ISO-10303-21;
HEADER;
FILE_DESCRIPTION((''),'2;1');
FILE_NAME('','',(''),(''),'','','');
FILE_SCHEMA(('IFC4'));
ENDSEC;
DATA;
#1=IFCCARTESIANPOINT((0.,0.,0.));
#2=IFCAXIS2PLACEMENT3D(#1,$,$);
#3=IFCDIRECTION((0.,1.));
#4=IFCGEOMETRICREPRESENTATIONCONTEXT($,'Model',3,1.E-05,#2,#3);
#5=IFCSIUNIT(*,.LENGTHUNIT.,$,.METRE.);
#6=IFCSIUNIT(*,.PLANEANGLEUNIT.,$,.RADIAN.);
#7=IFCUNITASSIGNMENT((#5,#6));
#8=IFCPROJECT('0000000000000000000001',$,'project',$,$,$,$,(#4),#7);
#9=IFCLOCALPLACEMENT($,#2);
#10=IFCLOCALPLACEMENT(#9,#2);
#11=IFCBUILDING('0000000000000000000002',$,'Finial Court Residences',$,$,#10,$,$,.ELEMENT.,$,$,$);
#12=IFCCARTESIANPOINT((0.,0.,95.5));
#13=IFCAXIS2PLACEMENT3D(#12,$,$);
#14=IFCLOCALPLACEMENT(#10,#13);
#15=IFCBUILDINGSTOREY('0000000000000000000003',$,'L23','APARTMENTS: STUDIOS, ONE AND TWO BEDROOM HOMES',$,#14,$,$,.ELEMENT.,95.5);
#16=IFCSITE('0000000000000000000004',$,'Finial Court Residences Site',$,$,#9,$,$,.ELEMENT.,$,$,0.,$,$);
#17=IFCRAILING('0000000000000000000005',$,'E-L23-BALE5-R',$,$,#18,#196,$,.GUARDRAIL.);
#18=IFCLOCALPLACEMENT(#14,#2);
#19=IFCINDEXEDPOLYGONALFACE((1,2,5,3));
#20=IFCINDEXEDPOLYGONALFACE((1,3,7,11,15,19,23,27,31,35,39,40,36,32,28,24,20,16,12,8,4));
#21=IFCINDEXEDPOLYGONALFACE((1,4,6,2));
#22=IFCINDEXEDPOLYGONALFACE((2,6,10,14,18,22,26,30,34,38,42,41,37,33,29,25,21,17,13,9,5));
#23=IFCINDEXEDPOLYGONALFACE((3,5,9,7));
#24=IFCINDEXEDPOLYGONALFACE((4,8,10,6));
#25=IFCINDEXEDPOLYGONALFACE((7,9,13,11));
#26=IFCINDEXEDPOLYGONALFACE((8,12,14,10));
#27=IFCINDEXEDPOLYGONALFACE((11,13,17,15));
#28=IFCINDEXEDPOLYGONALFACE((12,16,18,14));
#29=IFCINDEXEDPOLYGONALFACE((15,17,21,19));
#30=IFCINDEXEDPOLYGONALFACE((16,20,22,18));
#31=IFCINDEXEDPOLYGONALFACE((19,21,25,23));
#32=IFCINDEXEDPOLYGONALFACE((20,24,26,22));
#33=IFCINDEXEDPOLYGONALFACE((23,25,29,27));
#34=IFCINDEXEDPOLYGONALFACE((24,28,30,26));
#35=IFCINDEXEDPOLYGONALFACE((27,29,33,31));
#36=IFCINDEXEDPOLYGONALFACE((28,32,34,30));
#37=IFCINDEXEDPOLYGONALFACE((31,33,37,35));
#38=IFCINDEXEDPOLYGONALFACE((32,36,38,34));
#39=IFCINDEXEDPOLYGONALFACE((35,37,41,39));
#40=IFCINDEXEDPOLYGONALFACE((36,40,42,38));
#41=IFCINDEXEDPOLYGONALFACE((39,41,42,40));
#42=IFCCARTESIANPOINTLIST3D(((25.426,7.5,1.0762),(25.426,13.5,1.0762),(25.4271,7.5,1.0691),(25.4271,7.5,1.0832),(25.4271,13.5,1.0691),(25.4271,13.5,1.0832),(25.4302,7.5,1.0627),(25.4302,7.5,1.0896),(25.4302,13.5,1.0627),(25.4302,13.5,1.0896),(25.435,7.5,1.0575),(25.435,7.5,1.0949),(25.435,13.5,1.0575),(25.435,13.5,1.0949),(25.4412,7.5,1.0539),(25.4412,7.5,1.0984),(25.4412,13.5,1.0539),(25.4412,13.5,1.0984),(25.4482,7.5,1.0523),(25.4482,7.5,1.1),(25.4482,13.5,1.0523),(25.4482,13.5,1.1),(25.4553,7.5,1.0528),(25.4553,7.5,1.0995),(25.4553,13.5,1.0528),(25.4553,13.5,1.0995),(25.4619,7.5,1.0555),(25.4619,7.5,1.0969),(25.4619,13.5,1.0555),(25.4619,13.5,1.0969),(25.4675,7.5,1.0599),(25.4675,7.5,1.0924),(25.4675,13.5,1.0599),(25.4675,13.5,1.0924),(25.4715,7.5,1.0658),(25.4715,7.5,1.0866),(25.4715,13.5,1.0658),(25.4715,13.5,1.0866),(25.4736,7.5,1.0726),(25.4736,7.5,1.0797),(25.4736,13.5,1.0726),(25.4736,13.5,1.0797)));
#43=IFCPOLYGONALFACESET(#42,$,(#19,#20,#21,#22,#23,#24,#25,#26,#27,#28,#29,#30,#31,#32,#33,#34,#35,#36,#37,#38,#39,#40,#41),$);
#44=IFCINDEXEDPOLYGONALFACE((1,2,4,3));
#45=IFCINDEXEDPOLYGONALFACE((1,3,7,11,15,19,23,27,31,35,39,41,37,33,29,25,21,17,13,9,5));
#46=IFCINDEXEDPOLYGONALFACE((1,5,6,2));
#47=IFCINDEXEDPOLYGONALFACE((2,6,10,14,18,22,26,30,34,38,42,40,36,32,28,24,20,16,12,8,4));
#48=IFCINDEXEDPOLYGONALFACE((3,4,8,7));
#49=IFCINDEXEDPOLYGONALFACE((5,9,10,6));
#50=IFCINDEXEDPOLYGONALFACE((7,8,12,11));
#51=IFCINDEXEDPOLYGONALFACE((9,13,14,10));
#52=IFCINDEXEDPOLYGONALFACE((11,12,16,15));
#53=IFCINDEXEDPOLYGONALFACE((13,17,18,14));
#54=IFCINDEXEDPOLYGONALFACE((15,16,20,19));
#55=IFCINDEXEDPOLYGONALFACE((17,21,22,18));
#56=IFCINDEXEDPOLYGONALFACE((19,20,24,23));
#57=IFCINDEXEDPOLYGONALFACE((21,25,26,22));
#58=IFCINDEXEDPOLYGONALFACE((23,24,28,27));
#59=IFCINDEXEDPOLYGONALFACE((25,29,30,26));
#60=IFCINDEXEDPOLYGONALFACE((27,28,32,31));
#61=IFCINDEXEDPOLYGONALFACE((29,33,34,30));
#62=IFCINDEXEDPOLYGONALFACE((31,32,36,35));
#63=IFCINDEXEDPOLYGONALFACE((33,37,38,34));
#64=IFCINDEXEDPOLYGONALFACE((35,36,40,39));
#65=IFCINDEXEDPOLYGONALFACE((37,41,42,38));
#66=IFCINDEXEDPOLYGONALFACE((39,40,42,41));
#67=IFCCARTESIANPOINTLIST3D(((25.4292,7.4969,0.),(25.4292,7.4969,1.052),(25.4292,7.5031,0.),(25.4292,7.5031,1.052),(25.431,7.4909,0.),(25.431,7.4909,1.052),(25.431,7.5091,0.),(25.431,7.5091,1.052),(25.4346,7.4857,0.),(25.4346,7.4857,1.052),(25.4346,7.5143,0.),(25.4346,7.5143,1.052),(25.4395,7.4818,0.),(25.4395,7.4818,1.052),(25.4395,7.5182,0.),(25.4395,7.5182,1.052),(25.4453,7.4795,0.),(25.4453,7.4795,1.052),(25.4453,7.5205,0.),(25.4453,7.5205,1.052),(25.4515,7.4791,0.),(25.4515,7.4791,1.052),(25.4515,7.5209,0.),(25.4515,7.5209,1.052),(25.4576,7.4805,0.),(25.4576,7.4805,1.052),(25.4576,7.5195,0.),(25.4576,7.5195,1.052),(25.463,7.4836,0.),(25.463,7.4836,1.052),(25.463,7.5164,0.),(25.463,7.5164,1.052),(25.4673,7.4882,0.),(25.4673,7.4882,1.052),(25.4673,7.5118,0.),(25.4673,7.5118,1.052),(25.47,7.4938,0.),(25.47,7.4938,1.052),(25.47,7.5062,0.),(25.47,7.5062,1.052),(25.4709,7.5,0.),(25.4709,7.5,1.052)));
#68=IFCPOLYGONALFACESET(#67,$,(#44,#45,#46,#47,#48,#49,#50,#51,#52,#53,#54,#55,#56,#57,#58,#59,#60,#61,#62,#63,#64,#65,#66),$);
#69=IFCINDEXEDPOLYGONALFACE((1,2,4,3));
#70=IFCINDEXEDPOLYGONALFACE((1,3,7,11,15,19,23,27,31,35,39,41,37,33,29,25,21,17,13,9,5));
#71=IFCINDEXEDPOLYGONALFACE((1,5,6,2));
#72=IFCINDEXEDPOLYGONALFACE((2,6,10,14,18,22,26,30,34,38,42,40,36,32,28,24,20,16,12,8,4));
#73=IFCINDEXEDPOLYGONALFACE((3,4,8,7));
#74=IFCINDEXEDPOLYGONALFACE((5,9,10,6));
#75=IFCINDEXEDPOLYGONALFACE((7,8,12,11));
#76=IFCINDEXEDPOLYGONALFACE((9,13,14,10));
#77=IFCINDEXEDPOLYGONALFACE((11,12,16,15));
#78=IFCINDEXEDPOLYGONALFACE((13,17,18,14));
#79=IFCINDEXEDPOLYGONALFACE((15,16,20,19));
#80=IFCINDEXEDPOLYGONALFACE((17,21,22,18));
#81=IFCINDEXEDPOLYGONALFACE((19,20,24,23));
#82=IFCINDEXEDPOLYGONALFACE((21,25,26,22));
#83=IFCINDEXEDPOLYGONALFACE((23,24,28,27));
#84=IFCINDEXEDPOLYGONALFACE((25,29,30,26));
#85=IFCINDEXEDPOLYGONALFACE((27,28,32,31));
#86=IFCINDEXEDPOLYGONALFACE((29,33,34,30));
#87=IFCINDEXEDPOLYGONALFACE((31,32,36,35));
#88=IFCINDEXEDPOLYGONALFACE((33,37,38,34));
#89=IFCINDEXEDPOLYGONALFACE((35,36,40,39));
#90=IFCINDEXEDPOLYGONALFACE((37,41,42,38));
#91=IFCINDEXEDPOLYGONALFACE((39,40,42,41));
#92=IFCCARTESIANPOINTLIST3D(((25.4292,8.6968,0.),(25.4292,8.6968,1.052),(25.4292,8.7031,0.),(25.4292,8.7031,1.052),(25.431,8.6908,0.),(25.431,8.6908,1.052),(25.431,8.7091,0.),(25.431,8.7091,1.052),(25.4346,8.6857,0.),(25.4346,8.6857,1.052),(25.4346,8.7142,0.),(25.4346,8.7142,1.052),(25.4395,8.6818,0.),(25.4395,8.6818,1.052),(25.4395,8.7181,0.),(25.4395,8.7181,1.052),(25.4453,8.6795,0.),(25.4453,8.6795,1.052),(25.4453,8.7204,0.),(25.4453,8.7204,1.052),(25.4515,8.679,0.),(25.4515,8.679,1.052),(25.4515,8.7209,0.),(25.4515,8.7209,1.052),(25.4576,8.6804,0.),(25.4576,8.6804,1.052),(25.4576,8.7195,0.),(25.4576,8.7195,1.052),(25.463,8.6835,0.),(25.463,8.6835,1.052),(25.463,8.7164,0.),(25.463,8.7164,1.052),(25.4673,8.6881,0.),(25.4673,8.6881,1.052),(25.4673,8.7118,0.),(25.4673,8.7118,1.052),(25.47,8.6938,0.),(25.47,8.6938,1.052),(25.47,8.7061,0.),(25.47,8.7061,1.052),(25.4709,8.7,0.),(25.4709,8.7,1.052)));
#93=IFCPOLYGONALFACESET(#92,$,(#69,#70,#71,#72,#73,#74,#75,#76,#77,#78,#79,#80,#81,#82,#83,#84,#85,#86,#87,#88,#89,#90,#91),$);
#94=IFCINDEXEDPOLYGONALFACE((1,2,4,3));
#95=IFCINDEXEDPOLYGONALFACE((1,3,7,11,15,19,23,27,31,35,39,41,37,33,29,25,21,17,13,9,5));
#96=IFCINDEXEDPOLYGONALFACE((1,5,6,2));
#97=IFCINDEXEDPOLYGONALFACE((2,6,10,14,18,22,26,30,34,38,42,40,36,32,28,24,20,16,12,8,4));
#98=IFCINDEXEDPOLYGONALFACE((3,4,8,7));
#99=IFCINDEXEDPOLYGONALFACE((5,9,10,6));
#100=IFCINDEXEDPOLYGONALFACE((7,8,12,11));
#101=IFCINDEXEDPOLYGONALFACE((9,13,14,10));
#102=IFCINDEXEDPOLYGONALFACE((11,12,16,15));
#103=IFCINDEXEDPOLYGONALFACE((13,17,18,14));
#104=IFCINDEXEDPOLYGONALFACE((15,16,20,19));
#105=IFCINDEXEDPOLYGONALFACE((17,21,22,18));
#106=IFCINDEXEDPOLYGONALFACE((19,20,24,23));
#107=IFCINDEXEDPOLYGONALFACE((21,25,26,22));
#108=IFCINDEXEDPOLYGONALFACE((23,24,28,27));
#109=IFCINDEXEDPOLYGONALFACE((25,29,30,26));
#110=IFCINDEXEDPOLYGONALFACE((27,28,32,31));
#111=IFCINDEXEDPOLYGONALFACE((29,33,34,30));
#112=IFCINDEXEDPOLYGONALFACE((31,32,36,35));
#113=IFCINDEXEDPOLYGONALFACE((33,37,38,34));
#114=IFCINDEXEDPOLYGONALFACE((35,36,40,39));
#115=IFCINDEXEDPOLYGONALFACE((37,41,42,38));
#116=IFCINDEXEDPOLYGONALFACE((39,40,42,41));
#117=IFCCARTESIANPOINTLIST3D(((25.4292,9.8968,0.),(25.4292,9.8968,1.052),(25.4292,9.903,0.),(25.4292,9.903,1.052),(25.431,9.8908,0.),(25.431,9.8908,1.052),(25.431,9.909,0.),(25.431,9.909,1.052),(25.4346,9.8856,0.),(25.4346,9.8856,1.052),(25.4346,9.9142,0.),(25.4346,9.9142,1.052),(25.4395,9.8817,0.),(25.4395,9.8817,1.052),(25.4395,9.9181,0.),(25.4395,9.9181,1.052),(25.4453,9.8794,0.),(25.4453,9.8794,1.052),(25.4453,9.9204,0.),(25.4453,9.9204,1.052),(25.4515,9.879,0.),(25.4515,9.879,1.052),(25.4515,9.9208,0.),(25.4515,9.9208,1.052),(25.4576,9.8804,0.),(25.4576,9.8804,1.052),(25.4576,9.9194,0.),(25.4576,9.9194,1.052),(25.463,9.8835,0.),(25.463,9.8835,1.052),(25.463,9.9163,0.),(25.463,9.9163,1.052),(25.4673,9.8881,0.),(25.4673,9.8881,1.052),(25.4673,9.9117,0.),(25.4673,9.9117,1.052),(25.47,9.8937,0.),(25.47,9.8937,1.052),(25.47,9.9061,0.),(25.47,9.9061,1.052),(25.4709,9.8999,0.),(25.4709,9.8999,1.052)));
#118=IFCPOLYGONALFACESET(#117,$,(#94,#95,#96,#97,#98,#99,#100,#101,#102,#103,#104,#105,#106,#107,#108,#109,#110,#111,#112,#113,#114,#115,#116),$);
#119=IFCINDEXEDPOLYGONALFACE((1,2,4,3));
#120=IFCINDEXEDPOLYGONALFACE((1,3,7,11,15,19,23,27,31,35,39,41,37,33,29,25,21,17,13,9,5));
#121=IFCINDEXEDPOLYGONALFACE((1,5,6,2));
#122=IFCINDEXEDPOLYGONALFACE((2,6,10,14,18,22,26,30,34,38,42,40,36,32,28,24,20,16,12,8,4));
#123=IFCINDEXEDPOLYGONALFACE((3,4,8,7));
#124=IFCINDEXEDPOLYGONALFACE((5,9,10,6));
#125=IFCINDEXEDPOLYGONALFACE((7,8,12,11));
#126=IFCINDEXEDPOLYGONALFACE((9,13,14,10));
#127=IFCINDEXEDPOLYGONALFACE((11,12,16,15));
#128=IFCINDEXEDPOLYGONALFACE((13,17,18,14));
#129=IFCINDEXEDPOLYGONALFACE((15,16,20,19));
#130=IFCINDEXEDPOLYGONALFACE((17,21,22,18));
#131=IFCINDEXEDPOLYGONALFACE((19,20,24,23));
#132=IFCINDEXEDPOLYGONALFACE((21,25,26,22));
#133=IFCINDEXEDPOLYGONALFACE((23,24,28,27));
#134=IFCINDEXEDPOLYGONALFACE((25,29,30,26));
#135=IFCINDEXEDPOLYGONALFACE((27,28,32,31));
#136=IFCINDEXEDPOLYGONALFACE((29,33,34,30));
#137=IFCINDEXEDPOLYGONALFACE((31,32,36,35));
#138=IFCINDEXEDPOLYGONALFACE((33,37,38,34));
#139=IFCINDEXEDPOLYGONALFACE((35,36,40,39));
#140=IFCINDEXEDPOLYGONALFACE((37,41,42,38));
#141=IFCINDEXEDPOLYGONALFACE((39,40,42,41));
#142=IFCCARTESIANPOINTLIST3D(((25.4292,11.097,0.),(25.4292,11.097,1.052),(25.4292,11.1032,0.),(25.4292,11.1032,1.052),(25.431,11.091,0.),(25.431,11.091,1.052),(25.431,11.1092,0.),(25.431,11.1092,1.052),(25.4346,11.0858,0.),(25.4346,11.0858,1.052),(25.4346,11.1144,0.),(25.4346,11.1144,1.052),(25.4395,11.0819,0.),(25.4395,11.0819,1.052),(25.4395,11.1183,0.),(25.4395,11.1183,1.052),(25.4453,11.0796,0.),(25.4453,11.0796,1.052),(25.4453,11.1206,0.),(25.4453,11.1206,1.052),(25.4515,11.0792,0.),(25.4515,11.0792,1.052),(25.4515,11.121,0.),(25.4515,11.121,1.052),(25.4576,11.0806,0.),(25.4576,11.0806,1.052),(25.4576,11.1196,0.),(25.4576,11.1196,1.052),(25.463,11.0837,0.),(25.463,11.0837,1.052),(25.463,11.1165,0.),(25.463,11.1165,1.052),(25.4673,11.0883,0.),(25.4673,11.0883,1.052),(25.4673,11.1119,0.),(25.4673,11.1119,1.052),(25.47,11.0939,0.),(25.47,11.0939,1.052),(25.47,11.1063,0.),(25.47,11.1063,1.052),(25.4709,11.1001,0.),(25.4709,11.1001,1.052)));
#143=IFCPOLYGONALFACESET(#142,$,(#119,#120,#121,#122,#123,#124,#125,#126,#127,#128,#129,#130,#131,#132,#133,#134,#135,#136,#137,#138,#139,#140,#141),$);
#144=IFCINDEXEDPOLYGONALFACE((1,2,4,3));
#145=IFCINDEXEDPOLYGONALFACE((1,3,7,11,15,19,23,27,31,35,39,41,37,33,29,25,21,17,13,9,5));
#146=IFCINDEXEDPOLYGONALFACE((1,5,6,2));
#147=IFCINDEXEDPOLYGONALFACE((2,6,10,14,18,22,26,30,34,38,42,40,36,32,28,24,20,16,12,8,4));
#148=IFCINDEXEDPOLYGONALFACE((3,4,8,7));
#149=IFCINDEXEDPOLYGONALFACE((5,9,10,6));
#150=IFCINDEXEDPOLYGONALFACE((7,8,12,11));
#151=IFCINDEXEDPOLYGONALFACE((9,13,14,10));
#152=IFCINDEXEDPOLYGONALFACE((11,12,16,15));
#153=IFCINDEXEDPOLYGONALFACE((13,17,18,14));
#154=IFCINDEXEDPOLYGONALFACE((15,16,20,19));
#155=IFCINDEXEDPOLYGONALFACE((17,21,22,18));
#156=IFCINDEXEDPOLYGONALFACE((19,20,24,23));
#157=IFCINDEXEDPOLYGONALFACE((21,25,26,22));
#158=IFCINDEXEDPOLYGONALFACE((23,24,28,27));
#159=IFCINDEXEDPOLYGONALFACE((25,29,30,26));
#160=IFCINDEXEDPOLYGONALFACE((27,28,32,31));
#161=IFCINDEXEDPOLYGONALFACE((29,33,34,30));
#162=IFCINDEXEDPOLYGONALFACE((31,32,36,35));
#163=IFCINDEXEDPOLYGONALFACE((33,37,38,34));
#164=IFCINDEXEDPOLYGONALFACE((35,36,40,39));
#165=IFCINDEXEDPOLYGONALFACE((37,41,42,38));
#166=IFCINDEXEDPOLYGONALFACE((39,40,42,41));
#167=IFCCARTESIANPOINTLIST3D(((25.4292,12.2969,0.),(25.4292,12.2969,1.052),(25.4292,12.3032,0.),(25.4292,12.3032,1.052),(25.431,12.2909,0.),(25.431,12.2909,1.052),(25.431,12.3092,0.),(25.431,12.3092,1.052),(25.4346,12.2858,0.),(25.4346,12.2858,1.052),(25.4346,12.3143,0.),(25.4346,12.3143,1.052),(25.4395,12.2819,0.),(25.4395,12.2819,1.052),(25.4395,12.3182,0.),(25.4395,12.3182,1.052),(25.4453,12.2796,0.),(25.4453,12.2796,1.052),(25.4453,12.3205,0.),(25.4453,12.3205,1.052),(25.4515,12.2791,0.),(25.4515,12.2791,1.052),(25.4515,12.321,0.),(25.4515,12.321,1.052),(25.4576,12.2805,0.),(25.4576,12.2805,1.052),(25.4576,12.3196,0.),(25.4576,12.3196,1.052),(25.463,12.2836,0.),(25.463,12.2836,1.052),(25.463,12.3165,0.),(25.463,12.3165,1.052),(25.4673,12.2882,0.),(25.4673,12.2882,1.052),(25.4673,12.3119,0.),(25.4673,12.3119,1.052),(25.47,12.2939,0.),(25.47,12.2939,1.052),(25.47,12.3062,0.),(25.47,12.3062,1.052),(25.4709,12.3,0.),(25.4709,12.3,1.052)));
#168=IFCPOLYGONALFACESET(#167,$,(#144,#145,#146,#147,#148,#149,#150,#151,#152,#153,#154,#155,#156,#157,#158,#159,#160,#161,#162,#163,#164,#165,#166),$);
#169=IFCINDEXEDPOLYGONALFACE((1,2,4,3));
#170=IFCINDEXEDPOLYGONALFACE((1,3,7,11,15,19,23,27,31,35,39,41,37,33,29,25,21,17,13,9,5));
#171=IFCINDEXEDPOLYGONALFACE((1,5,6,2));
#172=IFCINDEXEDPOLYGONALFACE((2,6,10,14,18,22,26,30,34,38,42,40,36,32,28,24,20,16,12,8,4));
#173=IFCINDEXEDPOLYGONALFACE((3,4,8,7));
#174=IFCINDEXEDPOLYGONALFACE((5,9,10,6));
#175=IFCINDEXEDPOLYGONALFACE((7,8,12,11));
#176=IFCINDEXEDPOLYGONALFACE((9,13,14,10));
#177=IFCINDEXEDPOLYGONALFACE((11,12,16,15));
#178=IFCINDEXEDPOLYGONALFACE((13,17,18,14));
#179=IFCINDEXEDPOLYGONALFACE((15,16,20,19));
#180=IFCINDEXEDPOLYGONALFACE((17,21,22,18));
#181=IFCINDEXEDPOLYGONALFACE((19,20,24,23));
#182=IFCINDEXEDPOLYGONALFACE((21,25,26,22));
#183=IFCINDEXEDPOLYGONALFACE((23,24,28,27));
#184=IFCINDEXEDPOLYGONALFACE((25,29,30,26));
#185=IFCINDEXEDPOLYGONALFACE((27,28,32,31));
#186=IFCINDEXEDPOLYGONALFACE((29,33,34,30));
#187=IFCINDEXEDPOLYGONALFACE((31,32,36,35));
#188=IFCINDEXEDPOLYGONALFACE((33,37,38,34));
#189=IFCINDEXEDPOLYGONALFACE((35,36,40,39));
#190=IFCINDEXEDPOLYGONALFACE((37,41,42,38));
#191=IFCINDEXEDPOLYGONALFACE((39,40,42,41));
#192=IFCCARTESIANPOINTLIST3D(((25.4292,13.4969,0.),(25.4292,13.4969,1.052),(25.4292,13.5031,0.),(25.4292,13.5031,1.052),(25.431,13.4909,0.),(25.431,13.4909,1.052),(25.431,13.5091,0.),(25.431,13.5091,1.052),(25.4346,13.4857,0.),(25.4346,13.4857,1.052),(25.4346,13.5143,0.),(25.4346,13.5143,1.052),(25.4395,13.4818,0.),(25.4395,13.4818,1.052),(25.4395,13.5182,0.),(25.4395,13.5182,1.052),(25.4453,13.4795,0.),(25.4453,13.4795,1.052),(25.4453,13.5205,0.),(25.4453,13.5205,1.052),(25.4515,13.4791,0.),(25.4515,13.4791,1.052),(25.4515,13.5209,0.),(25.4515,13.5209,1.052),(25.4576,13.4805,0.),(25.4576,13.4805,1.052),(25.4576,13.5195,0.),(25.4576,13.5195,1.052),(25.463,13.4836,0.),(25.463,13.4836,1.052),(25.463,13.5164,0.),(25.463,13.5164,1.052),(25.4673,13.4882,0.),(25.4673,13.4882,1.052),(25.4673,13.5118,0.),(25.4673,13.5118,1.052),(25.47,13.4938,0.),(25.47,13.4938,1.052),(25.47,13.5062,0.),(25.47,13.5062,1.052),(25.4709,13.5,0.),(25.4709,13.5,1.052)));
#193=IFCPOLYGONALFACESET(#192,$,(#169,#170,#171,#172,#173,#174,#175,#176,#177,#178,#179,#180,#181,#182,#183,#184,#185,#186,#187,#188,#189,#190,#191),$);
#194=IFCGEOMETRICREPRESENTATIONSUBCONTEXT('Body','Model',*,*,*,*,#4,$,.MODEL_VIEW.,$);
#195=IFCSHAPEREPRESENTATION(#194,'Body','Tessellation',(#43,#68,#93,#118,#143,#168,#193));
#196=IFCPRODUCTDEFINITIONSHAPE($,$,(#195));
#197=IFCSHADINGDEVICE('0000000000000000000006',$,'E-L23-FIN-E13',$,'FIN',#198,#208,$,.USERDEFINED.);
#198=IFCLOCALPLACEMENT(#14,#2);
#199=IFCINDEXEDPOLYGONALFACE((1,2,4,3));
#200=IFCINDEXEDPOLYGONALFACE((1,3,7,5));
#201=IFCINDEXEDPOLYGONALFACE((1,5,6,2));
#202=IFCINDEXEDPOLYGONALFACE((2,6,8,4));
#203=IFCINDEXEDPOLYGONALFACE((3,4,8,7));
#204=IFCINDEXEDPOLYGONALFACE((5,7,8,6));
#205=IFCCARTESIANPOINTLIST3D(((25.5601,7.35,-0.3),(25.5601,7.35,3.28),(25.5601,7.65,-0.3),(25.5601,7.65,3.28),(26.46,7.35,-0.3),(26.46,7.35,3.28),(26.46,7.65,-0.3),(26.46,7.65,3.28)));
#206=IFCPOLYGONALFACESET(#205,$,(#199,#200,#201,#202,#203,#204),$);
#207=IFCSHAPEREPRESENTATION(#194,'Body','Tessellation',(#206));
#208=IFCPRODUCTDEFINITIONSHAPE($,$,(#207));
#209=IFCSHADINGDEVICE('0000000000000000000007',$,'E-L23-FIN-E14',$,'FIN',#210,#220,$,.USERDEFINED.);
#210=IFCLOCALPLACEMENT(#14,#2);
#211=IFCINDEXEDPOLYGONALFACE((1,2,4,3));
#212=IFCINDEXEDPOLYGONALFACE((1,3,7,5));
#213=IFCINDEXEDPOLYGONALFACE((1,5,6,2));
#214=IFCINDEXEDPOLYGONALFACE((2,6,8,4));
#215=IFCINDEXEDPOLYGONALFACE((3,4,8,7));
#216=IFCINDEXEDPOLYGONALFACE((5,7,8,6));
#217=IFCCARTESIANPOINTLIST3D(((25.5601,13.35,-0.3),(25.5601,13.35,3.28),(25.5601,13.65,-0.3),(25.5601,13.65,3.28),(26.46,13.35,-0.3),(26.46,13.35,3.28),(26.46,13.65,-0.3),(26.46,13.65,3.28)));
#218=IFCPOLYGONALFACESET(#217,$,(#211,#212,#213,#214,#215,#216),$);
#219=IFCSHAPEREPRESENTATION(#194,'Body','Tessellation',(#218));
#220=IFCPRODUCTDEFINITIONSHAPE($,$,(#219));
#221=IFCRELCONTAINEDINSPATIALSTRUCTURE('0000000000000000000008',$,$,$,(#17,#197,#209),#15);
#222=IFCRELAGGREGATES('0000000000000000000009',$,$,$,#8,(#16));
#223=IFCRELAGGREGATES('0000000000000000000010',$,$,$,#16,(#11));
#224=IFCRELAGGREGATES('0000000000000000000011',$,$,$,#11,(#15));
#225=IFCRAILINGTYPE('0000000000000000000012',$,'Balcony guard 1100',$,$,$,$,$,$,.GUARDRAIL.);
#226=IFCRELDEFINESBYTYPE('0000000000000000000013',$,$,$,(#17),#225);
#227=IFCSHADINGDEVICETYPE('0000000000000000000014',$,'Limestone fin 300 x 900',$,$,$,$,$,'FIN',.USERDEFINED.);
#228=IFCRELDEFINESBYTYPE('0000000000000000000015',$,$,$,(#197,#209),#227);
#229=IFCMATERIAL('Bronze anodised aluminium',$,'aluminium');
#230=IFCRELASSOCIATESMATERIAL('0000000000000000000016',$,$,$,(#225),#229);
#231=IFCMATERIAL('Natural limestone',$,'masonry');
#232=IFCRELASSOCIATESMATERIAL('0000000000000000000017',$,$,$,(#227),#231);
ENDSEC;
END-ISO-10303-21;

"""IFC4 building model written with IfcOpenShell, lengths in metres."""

from ifc_helpers import new_model, si_unit, direction, frame, origin, origin_2d, place, context, subcontext, project, spatial, rectangle, circle, extrude, material, type_object, element, save


model = new_model("IFC4")

# Units and contexts
model_context = context("Model", 3, precision=1e-05, world=origin(), true_north=direction((0.0, 1.0)))
body_context = subcontext(model_context, "Body", "Model", "MODEL_VIEW")
ifc_project = project(units=[si_unit("LENGTHUNIT", "METRE"), si_unit("PLANEANGLEUNIT", "RADIAN")], contexts=[model_context])

# Site, building, storey
site_placement = place(None, origin())
site = spatial("IfcSite", under=ifc_project, at=site_placement, Name="Finial Court Residences Site", CompositionType="ELEMENT", RefElevation=0.0)
building_placement = place(site_placement, origin())
building = spatial("IfcBuilding", under=site, at=building_placement, Name="Finial Court Residences", CompositionType="ELEMENT")
storey_placement = place(building_placement, frame((0.0, 0.0, 95.5)))
storey = spatial("IfcBuildingStorey", under=building, at=storey_placement, Name="L23", Description="APARTMENTS: STUDIOS, ONE AND TWO BEDROOM HOMES", CompositionType="ELEMENT", Elevation=95.5)

# Shared definitions
ifc_material_1 = material(Name="Natural limestone", Category="masonry")
ifc_material_2 = material(Name="Bronze anodised aluminium", Category="aluminium")

# Railing
railing_type = type_object("IfcRailingType", Name="Balcony guard 1100", PredefinedType="GUARDRAIL", material=ifc_material_2)
railing_placement = place(storey_placement, frame((25.45, 7.5, 0.0)))
element("IfcRailing", 1, at=railing_placement, inside=storey, type_object=railing_type, Name="E-L23-BALE5-R", PredefinedType="GUARDRAIL", context=body_context, shape_type="SweptSolid", body=[
    extrude(circle(Radius=0.0239, at=origin_2d()), frame((0.0, 0.0, 1.0762), z_axis=(0.0, 1.0, 0.0), x_axis=(-1.0, 0.0, 0.0)), (0.0, 0.0, 1.0), 6.0),
    extrude(circle(Radius=0.021, at=origin_2d()), origin(), (0.0, 0.0, 1.0), 1.052),
    extrude(circle(Radius=0.021, at=origin_2d()), frame((0.0, 1.2, 0.0)), (0.0, 0.0, 1.0), 1.052),
    extrude(circle(Radius=0.021, at=origin_2d()), frame((0.0, 2.3999, 0.0)), (0.0, 0.0, 1.0), 1.052),
    extrude(circle(Radius=0.021, at=origin_2d()), frame((0.0, 3.6001, 0.0)), (0.0, 0.0, 1.0), 1.052),
    extrude(circle(Radius=0.021, at=origin_2d()), frame((0.0, 4.8, 0.0)), (0.0, 0.0, 1.0), 1.052),
    extrude(circle(Radius=0.021, at=origin_2d()), frame((0.0, 6.0, 0.0)), (0.0, 0.0, 1.0), 1.052),
])

# Shading devices
shading_device_type = type_object("IfcShadingDeviceType", Name="Limestone fin 300 x 900", ElementType="FIN", PredefinedType="USERDEFINED", material=ifc_material_1)
for number, where, z_axis, x_axis, name in (
    (2, (26.01, 7.5, -0.3), (0.0, 0.0, 1.0), (1.0, 0.0, 0.0), "E-L23-FIN-E13"),
    (3, (26.01, 13.5, -0.3), (0.0, 0.0, 1.0), (1.0, 0.0, 0.0), "E-L23-FIN-E14"),
):
    element("IfcShadingDevice", number, at=place(storey_placement, frame(where, z_axis=z_axis, x_axis=x_axis)), inside=storey, type_object=shading_device_type, Name=name, ObjectType="FIN", PredefinedType="USERDEFINED", context=body_context, shape_type="SweptSolid", body=[
        extrude(rectangle(XDim=0.8999, YDim=0.3, at=origin_2d()), origin(), (0.0, 0.0, 1.0), 3.5801),
    ])

save(model, "model.ifc")
